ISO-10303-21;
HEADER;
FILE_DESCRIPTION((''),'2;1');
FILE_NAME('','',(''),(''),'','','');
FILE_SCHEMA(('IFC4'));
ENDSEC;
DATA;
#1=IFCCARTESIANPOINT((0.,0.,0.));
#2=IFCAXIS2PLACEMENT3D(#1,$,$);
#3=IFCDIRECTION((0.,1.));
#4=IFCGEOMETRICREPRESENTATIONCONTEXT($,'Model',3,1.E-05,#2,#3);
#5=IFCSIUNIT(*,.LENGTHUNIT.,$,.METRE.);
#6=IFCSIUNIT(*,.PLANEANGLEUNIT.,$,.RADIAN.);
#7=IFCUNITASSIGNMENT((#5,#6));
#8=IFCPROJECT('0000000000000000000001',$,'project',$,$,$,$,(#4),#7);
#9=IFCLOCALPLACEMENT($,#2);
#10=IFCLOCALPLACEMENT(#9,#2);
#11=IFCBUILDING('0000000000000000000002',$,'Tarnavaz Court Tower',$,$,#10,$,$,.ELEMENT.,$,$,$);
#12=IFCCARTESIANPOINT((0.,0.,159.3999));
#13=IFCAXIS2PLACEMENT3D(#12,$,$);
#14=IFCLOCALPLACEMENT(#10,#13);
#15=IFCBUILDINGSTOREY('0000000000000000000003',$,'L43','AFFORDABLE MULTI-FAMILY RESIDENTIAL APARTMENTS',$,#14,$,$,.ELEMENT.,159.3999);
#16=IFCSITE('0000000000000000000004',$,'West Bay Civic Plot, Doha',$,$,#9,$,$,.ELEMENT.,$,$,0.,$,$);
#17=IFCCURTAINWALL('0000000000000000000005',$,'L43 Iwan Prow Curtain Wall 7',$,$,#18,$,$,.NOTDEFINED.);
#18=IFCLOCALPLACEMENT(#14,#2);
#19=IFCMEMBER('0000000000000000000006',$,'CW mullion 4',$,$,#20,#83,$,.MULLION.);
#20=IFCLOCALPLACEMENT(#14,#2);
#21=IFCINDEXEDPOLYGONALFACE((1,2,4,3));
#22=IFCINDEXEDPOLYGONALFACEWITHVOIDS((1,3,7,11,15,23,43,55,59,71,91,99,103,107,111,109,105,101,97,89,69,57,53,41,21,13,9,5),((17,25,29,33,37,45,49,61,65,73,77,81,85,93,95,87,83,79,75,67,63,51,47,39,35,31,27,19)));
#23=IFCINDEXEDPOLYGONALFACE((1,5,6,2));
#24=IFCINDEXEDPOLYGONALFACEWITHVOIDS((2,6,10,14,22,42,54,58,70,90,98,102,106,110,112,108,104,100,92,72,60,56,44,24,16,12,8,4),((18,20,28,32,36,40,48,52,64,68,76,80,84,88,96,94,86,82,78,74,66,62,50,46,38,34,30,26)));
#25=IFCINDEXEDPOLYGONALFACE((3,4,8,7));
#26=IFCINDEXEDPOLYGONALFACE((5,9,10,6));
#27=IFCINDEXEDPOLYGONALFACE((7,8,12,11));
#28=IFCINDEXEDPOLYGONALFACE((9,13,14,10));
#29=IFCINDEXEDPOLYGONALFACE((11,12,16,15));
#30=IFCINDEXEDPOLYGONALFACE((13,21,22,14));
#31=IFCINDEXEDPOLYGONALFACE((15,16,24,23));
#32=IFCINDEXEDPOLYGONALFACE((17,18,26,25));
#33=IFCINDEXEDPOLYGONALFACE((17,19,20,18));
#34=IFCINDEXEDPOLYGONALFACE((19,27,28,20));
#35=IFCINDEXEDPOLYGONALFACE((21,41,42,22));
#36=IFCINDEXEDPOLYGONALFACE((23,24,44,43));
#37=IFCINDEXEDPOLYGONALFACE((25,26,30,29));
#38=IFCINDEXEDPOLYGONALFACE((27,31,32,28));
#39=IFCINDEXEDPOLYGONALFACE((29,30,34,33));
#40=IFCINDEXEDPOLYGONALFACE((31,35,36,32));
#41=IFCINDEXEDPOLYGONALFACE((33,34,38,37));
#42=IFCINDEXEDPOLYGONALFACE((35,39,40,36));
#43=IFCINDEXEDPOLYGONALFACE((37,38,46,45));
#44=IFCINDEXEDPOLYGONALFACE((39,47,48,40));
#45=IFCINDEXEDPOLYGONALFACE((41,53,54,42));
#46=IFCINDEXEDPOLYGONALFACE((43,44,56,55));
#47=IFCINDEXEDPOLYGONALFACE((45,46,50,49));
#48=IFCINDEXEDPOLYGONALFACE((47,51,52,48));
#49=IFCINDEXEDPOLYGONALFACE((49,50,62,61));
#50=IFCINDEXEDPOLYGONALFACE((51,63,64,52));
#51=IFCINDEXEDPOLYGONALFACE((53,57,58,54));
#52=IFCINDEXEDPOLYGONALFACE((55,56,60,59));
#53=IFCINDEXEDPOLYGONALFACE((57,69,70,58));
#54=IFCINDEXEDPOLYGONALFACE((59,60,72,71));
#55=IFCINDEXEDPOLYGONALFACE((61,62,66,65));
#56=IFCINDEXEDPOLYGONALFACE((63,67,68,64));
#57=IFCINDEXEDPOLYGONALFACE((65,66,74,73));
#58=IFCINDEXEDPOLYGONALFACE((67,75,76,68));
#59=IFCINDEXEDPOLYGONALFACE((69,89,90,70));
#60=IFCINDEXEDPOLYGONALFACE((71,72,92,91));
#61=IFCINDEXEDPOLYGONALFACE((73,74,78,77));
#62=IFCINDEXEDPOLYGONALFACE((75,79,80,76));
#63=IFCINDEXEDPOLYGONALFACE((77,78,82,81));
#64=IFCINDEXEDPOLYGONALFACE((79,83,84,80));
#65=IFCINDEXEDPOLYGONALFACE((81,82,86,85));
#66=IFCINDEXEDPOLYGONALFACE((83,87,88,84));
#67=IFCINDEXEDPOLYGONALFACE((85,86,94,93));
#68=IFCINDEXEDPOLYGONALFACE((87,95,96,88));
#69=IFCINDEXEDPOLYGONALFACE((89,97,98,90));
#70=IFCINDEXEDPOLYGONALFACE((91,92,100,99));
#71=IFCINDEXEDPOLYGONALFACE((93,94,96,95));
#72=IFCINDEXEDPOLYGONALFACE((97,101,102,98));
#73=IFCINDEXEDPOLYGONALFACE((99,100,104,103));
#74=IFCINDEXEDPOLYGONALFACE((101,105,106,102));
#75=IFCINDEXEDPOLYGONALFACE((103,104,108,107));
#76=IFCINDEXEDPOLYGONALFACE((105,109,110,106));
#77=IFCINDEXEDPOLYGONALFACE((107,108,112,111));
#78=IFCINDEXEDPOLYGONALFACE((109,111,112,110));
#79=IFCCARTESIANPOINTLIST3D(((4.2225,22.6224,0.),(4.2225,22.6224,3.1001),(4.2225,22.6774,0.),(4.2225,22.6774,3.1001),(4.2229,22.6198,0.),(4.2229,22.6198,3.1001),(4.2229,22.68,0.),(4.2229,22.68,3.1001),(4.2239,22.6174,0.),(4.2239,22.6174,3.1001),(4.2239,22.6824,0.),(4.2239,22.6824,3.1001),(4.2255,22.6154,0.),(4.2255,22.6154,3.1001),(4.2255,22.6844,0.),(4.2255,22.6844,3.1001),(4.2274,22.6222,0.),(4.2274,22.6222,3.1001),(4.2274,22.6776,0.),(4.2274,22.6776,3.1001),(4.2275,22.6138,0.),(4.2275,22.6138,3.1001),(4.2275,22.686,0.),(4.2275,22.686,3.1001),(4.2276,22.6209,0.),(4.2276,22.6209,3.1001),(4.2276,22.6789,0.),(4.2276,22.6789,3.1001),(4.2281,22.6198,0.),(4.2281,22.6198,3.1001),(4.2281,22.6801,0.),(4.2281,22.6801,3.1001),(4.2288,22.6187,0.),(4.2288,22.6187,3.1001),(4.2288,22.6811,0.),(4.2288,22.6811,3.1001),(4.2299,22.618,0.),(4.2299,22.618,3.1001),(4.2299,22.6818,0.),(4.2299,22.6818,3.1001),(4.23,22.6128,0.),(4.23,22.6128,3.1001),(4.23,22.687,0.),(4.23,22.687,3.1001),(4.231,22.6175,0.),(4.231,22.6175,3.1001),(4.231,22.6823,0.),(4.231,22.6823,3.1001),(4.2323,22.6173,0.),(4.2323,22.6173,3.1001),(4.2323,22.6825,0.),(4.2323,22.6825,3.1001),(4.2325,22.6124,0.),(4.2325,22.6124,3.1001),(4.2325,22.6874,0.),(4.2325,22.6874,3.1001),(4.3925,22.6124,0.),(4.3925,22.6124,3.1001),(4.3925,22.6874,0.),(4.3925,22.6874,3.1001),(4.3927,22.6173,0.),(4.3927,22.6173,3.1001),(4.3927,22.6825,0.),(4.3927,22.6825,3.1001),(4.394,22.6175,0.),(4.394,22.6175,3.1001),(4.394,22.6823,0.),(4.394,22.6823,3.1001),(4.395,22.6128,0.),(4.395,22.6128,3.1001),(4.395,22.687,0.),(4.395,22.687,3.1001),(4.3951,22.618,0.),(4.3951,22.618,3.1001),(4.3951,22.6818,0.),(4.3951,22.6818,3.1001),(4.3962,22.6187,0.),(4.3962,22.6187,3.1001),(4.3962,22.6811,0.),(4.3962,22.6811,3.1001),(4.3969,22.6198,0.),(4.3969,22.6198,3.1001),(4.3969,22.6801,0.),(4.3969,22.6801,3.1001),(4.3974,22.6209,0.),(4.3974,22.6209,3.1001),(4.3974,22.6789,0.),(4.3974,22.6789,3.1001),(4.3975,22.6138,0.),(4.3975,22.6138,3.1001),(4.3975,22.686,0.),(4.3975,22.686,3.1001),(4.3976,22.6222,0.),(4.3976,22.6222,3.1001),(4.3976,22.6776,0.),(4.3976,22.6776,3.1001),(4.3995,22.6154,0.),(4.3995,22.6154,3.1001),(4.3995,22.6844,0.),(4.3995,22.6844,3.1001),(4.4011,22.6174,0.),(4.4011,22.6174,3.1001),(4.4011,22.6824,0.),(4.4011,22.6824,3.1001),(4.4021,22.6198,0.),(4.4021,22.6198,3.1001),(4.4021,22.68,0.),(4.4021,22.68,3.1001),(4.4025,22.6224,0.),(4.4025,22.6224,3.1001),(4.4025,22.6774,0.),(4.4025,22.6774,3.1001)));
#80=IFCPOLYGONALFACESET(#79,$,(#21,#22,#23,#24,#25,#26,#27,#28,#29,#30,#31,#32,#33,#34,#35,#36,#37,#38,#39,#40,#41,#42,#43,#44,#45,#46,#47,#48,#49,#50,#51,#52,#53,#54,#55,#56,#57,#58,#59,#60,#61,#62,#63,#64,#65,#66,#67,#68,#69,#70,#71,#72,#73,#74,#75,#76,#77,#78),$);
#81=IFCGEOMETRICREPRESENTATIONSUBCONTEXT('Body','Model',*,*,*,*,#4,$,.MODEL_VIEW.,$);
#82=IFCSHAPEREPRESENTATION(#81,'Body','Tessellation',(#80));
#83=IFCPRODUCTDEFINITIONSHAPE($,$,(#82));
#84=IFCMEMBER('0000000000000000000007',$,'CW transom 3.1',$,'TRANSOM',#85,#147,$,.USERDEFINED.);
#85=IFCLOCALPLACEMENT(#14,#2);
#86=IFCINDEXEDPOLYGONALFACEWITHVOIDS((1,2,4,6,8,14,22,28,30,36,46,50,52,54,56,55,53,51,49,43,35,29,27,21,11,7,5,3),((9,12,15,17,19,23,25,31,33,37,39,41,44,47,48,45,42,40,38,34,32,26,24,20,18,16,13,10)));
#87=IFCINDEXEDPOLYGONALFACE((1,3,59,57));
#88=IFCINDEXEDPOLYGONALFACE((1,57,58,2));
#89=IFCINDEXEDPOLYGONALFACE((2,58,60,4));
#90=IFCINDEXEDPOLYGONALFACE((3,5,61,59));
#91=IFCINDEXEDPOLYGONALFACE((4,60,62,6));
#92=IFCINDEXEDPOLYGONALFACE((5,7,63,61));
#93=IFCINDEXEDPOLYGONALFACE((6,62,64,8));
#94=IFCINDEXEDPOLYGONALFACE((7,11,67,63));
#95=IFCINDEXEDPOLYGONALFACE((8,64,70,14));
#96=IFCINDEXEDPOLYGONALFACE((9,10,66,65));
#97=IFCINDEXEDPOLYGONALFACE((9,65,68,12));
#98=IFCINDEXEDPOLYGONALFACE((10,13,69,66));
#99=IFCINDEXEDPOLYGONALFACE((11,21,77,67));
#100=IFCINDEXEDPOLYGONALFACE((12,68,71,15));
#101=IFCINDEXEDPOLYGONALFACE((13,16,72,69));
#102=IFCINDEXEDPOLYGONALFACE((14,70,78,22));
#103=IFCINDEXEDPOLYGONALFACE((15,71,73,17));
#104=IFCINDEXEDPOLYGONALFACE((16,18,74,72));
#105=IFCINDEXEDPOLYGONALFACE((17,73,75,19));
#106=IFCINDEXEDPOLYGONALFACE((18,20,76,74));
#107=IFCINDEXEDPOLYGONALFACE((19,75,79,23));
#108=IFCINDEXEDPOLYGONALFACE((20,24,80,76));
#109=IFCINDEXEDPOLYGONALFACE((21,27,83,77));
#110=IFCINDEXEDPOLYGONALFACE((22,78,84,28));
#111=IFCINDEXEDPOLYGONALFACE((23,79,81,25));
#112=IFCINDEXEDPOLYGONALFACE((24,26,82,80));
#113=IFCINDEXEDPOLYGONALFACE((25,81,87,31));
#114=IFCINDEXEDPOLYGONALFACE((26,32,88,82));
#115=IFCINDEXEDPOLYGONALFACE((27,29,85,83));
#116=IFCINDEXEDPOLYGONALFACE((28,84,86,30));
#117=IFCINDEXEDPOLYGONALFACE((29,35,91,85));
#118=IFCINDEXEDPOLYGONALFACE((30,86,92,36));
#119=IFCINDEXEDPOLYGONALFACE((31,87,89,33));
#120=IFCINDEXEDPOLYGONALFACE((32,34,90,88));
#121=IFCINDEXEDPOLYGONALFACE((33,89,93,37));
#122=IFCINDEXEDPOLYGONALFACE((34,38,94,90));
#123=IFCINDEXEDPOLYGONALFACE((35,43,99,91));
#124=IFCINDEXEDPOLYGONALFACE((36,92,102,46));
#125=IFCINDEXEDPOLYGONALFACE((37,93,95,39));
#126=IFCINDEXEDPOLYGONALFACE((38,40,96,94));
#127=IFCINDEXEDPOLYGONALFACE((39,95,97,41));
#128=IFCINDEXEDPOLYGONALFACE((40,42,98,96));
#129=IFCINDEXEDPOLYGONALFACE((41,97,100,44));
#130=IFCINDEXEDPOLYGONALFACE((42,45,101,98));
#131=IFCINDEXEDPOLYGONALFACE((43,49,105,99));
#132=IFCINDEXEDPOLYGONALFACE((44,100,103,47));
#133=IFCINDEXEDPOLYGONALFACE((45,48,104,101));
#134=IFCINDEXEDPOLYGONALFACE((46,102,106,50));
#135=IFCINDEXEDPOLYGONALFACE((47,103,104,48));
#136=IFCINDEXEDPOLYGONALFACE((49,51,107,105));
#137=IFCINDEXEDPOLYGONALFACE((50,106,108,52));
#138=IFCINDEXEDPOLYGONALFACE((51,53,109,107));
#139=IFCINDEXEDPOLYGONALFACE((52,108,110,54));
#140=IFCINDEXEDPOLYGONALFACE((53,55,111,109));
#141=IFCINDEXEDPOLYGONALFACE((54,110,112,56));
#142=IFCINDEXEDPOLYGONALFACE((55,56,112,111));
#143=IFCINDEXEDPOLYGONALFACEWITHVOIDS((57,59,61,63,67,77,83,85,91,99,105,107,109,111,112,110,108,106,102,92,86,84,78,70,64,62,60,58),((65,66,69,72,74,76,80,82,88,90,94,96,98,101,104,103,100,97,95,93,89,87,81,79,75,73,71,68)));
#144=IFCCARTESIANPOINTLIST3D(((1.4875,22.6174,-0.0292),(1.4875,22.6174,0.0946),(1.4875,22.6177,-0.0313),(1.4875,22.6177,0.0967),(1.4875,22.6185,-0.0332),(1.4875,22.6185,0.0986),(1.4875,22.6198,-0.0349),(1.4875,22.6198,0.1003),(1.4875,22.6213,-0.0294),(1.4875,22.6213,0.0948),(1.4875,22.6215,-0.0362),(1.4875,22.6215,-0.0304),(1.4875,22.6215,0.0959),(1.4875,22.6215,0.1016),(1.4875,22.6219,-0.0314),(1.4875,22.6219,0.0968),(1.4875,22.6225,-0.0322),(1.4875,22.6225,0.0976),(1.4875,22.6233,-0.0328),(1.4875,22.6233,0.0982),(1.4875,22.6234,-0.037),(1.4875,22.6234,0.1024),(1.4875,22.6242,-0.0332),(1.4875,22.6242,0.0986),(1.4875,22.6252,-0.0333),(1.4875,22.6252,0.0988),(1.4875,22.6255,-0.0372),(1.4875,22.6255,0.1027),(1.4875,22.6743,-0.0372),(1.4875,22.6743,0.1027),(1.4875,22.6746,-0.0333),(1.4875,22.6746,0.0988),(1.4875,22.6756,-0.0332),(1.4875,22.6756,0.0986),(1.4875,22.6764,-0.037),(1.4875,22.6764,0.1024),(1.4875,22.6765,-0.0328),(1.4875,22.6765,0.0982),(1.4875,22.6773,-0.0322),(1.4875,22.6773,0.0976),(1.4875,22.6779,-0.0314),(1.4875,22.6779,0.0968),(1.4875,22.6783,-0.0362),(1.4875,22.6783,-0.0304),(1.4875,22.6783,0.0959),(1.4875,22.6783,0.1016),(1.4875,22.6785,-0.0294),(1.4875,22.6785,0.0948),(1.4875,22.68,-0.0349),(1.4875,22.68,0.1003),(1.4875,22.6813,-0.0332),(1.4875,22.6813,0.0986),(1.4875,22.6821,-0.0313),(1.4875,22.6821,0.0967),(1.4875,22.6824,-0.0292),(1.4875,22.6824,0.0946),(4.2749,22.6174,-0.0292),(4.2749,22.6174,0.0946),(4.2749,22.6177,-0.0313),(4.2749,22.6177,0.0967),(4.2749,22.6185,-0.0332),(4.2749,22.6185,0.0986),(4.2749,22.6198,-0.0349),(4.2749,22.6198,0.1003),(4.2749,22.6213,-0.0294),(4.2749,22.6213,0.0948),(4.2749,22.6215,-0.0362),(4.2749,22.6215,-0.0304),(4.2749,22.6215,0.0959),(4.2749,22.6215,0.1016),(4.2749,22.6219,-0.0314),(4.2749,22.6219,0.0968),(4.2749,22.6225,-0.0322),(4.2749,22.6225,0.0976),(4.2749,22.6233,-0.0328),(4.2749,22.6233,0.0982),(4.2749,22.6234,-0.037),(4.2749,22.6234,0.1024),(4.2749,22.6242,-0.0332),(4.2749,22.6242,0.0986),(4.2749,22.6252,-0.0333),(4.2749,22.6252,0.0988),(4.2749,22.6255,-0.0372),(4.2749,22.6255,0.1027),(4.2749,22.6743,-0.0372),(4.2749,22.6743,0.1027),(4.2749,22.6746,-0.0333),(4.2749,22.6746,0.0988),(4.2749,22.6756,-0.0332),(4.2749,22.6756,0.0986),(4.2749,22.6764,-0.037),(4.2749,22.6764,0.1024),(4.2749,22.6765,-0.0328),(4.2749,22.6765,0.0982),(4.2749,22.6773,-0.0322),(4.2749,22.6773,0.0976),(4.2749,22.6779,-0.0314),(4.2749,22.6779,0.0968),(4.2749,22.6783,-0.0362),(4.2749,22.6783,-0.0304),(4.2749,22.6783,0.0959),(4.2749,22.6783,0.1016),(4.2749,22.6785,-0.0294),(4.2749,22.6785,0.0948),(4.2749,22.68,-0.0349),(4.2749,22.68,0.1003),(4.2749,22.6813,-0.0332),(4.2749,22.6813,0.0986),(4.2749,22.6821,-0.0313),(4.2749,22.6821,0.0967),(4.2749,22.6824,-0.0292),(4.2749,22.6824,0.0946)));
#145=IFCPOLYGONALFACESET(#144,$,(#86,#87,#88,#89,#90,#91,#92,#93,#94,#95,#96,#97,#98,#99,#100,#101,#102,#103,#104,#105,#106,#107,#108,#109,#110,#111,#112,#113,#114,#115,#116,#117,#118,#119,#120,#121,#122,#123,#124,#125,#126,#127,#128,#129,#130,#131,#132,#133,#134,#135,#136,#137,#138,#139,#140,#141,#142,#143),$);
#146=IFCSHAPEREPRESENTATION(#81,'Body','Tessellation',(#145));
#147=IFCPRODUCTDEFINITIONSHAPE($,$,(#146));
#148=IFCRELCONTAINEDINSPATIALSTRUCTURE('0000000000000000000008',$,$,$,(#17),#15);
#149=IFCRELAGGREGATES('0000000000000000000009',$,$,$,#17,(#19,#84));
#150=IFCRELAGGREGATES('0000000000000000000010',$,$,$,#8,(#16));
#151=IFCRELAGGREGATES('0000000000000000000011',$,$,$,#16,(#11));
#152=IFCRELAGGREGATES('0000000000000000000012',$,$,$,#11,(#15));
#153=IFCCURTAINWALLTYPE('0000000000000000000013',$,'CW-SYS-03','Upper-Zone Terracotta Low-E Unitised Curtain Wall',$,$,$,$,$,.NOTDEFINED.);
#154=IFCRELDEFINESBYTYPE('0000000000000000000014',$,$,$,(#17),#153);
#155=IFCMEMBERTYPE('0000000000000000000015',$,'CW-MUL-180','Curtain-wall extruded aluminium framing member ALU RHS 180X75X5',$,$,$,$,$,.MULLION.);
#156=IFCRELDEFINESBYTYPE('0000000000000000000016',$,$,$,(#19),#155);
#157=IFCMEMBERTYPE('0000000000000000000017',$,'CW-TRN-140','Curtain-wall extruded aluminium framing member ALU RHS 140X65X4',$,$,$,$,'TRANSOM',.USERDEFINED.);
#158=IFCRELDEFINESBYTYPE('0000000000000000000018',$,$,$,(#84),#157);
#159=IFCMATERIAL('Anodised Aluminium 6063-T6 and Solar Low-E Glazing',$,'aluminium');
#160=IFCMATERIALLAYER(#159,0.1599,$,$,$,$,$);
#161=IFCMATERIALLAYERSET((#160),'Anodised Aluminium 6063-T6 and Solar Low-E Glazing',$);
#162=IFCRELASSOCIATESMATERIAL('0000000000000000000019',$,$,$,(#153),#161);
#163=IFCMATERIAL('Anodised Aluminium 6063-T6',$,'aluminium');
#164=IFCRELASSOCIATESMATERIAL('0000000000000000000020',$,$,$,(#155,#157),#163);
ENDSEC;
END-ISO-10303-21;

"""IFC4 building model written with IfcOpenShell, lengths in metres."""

from ifc_helpers import new_model, si_unit, direction, frame, origin, origin_2d, place, context, subcontext, project, spatial, hollow_rectangle, extrude, material, layer, layer_set, material_profile, profile_set, type_object, element, aggregate, save


model = new_model("IFC4")

# Units and contexts
model_context = context("Model", 3, precision=1e-05, world=origin(), true_north=direction((0.0, 1.0)))
body_context = subcontext(model_context, "Body", "Model", "MODEL_VIEW")
ifc_project = project(units=[si_unit("LENGTHUNIT", "METRE"), si_unit("PLANEANGLEUNIT", "RADIAN")], contexts=[model_context])

# Site, building, storey
site_placement = place(None, origin())
site = spatial("IfcSite", under=ifc_project, at=site_placement, Name="West Bay Civic Plot, Doha", CompositionType="ELEMENT", RefElevation=0.0)
building_placement = place(site_placement, origin())
building = spatial("IfcBuilding", under=site, at=building_placement, Name="Tarnavaz Court Tower", CompositionType="ELEMENT")
storey_placement = place(building_placement, frame((0.0, 0.0, 159.3999)))
storey = spatial("IfcBuildingStorey", under=building, at=storey_placement, Name="L43", Description="AFFORDABLE MULTI-FAMILY RESIDENTIAL APARTMENTS", CompositionType="ELEMENT", Elevation=159.3999)

# Curtain wall, members
ifc_material_1 = material(Name="Anodised Aluminium 6063-T6 and Solar Low-E Glazing", Category="aluminium")
ifc_layer_1 = layer(ifc_material_1, 0.1599)
ifc_layer_set_1 = layer_set([ifc_layer_1], Name="Anodised Aluminium 6063-T6 and Solar Low-E Glazing")
curtain_wall_type = type_object("IfcCurtainWallType", Name="CW-SYS-03", Description="Upper-Zone Terracotta Low-E Unitised Curtain Wall", PredefinedType="NOTDEFINED", material=ifc_layer_set_1)
curtain_wall_placement = place(storey_placement, origin())
curtain_wall = element("IfcCurtainWall", 1, at=curtain_wall_placement, inside=storey, type_object=curtain_wall_type, Name="L43 Iwan Prow Curtain Wall 7", PredefinedType="NOTDEFINED")
ifc_material_2 = material(Name="Anodised Aluminium 6063-T6", Category="aluminium")
ifc_material_profile_1 = material_profile(ifc_material_2, hollow_rectangle(XDim=0.075, YDim=0.1799, WallThickness=0.0049, InnerFilletRadius=0.0049, OuterFilletRadius=0.01, at=origin_2d()), Name="ALU RHS 180X75X5")
ifc_profile_set_1 = profile_set([ifc_material_profile_1], Name="Anodised Aluminium 6063-T6")
member_type_1 = type_object("IfcMemberType", Name="CW-MUL-180", Description="Curtain-wall extruded aluminium framing member ALU RHS 180X75X5", PredefinedType="MULLION", material=ifc_profile_set_1)
member_1_placement = place(storey_placement, frame((4.3125, 22.6499, 0.0), z_axis=(0.0, 0.0, 1.0), x_axis=(0.0, 1.0, 0.0)))
member_1 = element("IfcMember", 2, at=member_1_placement, type_object=member_type_1, Name="CW mullion 4", PredefinedType="MULLION", context=body_context, shape_type="SweptSolid", body=[
    extrude(hollow_rectangle(XDim=0.075, YDim=0.1799, WallThickness=0.0049, InnerFilletRadius=0.0049, OuterFilletRadius=0.01, at=origin_2d()), origin(), (0.0, 0.0, 1.0), 3.1001),
])
ifc_material_profile_2 = material_profile(ifc_material_2, hollow_rectangle(XDim=0.0649, YDim=0.1399, WallThickness=0.0039, InnerFilletRadius=0.0039, OuterFilletRadius=0.0081, at=origin_2d()), Name="ALU RHS 140X65X4")
ifc_profile_set_2 = profile_set([ifc_material_profile_2], Name="Anodised Aluminium 6063-T6")
member_type_2 = type_object("IfcMemberType", Name="CW-TRN-140", Description="Curtain-wall extruded aluminium framing member ALU RHS 140X65X4", ElementType="TRANSOM", PredefinedType="USERDEFINED", material=ifc_profile_set_2)
member_2_placement = place(storey_placement, frame((1.4875, 22.6499, 0.0327), z_axis=(1.0, 0.0, 0.0), x_axis=(0.0, 1.0, 0.0)))
member_2 = element("IfcMember", 3, at=member_2_placement, type_object=member_type_2, Name="CW transom 3.1", ObjectType="TRANSOM", PredefinedType="USERDEFINED", context=body_context, shape_type="SweptSolid", body=[
    extrude(hollow_rectangle(XDim=0.0649, YDim=0.1399, WallThickness=0.0039, InnerFilletRadius=0.0039, OuterFilletRadius=0.0081, at=origin_2d()), origin(), (0.0, 0.0, 1.0), 2.7874),
])
aggregate(curtain_wall, [member_1, member_2])

save(model, "model.ifc")
